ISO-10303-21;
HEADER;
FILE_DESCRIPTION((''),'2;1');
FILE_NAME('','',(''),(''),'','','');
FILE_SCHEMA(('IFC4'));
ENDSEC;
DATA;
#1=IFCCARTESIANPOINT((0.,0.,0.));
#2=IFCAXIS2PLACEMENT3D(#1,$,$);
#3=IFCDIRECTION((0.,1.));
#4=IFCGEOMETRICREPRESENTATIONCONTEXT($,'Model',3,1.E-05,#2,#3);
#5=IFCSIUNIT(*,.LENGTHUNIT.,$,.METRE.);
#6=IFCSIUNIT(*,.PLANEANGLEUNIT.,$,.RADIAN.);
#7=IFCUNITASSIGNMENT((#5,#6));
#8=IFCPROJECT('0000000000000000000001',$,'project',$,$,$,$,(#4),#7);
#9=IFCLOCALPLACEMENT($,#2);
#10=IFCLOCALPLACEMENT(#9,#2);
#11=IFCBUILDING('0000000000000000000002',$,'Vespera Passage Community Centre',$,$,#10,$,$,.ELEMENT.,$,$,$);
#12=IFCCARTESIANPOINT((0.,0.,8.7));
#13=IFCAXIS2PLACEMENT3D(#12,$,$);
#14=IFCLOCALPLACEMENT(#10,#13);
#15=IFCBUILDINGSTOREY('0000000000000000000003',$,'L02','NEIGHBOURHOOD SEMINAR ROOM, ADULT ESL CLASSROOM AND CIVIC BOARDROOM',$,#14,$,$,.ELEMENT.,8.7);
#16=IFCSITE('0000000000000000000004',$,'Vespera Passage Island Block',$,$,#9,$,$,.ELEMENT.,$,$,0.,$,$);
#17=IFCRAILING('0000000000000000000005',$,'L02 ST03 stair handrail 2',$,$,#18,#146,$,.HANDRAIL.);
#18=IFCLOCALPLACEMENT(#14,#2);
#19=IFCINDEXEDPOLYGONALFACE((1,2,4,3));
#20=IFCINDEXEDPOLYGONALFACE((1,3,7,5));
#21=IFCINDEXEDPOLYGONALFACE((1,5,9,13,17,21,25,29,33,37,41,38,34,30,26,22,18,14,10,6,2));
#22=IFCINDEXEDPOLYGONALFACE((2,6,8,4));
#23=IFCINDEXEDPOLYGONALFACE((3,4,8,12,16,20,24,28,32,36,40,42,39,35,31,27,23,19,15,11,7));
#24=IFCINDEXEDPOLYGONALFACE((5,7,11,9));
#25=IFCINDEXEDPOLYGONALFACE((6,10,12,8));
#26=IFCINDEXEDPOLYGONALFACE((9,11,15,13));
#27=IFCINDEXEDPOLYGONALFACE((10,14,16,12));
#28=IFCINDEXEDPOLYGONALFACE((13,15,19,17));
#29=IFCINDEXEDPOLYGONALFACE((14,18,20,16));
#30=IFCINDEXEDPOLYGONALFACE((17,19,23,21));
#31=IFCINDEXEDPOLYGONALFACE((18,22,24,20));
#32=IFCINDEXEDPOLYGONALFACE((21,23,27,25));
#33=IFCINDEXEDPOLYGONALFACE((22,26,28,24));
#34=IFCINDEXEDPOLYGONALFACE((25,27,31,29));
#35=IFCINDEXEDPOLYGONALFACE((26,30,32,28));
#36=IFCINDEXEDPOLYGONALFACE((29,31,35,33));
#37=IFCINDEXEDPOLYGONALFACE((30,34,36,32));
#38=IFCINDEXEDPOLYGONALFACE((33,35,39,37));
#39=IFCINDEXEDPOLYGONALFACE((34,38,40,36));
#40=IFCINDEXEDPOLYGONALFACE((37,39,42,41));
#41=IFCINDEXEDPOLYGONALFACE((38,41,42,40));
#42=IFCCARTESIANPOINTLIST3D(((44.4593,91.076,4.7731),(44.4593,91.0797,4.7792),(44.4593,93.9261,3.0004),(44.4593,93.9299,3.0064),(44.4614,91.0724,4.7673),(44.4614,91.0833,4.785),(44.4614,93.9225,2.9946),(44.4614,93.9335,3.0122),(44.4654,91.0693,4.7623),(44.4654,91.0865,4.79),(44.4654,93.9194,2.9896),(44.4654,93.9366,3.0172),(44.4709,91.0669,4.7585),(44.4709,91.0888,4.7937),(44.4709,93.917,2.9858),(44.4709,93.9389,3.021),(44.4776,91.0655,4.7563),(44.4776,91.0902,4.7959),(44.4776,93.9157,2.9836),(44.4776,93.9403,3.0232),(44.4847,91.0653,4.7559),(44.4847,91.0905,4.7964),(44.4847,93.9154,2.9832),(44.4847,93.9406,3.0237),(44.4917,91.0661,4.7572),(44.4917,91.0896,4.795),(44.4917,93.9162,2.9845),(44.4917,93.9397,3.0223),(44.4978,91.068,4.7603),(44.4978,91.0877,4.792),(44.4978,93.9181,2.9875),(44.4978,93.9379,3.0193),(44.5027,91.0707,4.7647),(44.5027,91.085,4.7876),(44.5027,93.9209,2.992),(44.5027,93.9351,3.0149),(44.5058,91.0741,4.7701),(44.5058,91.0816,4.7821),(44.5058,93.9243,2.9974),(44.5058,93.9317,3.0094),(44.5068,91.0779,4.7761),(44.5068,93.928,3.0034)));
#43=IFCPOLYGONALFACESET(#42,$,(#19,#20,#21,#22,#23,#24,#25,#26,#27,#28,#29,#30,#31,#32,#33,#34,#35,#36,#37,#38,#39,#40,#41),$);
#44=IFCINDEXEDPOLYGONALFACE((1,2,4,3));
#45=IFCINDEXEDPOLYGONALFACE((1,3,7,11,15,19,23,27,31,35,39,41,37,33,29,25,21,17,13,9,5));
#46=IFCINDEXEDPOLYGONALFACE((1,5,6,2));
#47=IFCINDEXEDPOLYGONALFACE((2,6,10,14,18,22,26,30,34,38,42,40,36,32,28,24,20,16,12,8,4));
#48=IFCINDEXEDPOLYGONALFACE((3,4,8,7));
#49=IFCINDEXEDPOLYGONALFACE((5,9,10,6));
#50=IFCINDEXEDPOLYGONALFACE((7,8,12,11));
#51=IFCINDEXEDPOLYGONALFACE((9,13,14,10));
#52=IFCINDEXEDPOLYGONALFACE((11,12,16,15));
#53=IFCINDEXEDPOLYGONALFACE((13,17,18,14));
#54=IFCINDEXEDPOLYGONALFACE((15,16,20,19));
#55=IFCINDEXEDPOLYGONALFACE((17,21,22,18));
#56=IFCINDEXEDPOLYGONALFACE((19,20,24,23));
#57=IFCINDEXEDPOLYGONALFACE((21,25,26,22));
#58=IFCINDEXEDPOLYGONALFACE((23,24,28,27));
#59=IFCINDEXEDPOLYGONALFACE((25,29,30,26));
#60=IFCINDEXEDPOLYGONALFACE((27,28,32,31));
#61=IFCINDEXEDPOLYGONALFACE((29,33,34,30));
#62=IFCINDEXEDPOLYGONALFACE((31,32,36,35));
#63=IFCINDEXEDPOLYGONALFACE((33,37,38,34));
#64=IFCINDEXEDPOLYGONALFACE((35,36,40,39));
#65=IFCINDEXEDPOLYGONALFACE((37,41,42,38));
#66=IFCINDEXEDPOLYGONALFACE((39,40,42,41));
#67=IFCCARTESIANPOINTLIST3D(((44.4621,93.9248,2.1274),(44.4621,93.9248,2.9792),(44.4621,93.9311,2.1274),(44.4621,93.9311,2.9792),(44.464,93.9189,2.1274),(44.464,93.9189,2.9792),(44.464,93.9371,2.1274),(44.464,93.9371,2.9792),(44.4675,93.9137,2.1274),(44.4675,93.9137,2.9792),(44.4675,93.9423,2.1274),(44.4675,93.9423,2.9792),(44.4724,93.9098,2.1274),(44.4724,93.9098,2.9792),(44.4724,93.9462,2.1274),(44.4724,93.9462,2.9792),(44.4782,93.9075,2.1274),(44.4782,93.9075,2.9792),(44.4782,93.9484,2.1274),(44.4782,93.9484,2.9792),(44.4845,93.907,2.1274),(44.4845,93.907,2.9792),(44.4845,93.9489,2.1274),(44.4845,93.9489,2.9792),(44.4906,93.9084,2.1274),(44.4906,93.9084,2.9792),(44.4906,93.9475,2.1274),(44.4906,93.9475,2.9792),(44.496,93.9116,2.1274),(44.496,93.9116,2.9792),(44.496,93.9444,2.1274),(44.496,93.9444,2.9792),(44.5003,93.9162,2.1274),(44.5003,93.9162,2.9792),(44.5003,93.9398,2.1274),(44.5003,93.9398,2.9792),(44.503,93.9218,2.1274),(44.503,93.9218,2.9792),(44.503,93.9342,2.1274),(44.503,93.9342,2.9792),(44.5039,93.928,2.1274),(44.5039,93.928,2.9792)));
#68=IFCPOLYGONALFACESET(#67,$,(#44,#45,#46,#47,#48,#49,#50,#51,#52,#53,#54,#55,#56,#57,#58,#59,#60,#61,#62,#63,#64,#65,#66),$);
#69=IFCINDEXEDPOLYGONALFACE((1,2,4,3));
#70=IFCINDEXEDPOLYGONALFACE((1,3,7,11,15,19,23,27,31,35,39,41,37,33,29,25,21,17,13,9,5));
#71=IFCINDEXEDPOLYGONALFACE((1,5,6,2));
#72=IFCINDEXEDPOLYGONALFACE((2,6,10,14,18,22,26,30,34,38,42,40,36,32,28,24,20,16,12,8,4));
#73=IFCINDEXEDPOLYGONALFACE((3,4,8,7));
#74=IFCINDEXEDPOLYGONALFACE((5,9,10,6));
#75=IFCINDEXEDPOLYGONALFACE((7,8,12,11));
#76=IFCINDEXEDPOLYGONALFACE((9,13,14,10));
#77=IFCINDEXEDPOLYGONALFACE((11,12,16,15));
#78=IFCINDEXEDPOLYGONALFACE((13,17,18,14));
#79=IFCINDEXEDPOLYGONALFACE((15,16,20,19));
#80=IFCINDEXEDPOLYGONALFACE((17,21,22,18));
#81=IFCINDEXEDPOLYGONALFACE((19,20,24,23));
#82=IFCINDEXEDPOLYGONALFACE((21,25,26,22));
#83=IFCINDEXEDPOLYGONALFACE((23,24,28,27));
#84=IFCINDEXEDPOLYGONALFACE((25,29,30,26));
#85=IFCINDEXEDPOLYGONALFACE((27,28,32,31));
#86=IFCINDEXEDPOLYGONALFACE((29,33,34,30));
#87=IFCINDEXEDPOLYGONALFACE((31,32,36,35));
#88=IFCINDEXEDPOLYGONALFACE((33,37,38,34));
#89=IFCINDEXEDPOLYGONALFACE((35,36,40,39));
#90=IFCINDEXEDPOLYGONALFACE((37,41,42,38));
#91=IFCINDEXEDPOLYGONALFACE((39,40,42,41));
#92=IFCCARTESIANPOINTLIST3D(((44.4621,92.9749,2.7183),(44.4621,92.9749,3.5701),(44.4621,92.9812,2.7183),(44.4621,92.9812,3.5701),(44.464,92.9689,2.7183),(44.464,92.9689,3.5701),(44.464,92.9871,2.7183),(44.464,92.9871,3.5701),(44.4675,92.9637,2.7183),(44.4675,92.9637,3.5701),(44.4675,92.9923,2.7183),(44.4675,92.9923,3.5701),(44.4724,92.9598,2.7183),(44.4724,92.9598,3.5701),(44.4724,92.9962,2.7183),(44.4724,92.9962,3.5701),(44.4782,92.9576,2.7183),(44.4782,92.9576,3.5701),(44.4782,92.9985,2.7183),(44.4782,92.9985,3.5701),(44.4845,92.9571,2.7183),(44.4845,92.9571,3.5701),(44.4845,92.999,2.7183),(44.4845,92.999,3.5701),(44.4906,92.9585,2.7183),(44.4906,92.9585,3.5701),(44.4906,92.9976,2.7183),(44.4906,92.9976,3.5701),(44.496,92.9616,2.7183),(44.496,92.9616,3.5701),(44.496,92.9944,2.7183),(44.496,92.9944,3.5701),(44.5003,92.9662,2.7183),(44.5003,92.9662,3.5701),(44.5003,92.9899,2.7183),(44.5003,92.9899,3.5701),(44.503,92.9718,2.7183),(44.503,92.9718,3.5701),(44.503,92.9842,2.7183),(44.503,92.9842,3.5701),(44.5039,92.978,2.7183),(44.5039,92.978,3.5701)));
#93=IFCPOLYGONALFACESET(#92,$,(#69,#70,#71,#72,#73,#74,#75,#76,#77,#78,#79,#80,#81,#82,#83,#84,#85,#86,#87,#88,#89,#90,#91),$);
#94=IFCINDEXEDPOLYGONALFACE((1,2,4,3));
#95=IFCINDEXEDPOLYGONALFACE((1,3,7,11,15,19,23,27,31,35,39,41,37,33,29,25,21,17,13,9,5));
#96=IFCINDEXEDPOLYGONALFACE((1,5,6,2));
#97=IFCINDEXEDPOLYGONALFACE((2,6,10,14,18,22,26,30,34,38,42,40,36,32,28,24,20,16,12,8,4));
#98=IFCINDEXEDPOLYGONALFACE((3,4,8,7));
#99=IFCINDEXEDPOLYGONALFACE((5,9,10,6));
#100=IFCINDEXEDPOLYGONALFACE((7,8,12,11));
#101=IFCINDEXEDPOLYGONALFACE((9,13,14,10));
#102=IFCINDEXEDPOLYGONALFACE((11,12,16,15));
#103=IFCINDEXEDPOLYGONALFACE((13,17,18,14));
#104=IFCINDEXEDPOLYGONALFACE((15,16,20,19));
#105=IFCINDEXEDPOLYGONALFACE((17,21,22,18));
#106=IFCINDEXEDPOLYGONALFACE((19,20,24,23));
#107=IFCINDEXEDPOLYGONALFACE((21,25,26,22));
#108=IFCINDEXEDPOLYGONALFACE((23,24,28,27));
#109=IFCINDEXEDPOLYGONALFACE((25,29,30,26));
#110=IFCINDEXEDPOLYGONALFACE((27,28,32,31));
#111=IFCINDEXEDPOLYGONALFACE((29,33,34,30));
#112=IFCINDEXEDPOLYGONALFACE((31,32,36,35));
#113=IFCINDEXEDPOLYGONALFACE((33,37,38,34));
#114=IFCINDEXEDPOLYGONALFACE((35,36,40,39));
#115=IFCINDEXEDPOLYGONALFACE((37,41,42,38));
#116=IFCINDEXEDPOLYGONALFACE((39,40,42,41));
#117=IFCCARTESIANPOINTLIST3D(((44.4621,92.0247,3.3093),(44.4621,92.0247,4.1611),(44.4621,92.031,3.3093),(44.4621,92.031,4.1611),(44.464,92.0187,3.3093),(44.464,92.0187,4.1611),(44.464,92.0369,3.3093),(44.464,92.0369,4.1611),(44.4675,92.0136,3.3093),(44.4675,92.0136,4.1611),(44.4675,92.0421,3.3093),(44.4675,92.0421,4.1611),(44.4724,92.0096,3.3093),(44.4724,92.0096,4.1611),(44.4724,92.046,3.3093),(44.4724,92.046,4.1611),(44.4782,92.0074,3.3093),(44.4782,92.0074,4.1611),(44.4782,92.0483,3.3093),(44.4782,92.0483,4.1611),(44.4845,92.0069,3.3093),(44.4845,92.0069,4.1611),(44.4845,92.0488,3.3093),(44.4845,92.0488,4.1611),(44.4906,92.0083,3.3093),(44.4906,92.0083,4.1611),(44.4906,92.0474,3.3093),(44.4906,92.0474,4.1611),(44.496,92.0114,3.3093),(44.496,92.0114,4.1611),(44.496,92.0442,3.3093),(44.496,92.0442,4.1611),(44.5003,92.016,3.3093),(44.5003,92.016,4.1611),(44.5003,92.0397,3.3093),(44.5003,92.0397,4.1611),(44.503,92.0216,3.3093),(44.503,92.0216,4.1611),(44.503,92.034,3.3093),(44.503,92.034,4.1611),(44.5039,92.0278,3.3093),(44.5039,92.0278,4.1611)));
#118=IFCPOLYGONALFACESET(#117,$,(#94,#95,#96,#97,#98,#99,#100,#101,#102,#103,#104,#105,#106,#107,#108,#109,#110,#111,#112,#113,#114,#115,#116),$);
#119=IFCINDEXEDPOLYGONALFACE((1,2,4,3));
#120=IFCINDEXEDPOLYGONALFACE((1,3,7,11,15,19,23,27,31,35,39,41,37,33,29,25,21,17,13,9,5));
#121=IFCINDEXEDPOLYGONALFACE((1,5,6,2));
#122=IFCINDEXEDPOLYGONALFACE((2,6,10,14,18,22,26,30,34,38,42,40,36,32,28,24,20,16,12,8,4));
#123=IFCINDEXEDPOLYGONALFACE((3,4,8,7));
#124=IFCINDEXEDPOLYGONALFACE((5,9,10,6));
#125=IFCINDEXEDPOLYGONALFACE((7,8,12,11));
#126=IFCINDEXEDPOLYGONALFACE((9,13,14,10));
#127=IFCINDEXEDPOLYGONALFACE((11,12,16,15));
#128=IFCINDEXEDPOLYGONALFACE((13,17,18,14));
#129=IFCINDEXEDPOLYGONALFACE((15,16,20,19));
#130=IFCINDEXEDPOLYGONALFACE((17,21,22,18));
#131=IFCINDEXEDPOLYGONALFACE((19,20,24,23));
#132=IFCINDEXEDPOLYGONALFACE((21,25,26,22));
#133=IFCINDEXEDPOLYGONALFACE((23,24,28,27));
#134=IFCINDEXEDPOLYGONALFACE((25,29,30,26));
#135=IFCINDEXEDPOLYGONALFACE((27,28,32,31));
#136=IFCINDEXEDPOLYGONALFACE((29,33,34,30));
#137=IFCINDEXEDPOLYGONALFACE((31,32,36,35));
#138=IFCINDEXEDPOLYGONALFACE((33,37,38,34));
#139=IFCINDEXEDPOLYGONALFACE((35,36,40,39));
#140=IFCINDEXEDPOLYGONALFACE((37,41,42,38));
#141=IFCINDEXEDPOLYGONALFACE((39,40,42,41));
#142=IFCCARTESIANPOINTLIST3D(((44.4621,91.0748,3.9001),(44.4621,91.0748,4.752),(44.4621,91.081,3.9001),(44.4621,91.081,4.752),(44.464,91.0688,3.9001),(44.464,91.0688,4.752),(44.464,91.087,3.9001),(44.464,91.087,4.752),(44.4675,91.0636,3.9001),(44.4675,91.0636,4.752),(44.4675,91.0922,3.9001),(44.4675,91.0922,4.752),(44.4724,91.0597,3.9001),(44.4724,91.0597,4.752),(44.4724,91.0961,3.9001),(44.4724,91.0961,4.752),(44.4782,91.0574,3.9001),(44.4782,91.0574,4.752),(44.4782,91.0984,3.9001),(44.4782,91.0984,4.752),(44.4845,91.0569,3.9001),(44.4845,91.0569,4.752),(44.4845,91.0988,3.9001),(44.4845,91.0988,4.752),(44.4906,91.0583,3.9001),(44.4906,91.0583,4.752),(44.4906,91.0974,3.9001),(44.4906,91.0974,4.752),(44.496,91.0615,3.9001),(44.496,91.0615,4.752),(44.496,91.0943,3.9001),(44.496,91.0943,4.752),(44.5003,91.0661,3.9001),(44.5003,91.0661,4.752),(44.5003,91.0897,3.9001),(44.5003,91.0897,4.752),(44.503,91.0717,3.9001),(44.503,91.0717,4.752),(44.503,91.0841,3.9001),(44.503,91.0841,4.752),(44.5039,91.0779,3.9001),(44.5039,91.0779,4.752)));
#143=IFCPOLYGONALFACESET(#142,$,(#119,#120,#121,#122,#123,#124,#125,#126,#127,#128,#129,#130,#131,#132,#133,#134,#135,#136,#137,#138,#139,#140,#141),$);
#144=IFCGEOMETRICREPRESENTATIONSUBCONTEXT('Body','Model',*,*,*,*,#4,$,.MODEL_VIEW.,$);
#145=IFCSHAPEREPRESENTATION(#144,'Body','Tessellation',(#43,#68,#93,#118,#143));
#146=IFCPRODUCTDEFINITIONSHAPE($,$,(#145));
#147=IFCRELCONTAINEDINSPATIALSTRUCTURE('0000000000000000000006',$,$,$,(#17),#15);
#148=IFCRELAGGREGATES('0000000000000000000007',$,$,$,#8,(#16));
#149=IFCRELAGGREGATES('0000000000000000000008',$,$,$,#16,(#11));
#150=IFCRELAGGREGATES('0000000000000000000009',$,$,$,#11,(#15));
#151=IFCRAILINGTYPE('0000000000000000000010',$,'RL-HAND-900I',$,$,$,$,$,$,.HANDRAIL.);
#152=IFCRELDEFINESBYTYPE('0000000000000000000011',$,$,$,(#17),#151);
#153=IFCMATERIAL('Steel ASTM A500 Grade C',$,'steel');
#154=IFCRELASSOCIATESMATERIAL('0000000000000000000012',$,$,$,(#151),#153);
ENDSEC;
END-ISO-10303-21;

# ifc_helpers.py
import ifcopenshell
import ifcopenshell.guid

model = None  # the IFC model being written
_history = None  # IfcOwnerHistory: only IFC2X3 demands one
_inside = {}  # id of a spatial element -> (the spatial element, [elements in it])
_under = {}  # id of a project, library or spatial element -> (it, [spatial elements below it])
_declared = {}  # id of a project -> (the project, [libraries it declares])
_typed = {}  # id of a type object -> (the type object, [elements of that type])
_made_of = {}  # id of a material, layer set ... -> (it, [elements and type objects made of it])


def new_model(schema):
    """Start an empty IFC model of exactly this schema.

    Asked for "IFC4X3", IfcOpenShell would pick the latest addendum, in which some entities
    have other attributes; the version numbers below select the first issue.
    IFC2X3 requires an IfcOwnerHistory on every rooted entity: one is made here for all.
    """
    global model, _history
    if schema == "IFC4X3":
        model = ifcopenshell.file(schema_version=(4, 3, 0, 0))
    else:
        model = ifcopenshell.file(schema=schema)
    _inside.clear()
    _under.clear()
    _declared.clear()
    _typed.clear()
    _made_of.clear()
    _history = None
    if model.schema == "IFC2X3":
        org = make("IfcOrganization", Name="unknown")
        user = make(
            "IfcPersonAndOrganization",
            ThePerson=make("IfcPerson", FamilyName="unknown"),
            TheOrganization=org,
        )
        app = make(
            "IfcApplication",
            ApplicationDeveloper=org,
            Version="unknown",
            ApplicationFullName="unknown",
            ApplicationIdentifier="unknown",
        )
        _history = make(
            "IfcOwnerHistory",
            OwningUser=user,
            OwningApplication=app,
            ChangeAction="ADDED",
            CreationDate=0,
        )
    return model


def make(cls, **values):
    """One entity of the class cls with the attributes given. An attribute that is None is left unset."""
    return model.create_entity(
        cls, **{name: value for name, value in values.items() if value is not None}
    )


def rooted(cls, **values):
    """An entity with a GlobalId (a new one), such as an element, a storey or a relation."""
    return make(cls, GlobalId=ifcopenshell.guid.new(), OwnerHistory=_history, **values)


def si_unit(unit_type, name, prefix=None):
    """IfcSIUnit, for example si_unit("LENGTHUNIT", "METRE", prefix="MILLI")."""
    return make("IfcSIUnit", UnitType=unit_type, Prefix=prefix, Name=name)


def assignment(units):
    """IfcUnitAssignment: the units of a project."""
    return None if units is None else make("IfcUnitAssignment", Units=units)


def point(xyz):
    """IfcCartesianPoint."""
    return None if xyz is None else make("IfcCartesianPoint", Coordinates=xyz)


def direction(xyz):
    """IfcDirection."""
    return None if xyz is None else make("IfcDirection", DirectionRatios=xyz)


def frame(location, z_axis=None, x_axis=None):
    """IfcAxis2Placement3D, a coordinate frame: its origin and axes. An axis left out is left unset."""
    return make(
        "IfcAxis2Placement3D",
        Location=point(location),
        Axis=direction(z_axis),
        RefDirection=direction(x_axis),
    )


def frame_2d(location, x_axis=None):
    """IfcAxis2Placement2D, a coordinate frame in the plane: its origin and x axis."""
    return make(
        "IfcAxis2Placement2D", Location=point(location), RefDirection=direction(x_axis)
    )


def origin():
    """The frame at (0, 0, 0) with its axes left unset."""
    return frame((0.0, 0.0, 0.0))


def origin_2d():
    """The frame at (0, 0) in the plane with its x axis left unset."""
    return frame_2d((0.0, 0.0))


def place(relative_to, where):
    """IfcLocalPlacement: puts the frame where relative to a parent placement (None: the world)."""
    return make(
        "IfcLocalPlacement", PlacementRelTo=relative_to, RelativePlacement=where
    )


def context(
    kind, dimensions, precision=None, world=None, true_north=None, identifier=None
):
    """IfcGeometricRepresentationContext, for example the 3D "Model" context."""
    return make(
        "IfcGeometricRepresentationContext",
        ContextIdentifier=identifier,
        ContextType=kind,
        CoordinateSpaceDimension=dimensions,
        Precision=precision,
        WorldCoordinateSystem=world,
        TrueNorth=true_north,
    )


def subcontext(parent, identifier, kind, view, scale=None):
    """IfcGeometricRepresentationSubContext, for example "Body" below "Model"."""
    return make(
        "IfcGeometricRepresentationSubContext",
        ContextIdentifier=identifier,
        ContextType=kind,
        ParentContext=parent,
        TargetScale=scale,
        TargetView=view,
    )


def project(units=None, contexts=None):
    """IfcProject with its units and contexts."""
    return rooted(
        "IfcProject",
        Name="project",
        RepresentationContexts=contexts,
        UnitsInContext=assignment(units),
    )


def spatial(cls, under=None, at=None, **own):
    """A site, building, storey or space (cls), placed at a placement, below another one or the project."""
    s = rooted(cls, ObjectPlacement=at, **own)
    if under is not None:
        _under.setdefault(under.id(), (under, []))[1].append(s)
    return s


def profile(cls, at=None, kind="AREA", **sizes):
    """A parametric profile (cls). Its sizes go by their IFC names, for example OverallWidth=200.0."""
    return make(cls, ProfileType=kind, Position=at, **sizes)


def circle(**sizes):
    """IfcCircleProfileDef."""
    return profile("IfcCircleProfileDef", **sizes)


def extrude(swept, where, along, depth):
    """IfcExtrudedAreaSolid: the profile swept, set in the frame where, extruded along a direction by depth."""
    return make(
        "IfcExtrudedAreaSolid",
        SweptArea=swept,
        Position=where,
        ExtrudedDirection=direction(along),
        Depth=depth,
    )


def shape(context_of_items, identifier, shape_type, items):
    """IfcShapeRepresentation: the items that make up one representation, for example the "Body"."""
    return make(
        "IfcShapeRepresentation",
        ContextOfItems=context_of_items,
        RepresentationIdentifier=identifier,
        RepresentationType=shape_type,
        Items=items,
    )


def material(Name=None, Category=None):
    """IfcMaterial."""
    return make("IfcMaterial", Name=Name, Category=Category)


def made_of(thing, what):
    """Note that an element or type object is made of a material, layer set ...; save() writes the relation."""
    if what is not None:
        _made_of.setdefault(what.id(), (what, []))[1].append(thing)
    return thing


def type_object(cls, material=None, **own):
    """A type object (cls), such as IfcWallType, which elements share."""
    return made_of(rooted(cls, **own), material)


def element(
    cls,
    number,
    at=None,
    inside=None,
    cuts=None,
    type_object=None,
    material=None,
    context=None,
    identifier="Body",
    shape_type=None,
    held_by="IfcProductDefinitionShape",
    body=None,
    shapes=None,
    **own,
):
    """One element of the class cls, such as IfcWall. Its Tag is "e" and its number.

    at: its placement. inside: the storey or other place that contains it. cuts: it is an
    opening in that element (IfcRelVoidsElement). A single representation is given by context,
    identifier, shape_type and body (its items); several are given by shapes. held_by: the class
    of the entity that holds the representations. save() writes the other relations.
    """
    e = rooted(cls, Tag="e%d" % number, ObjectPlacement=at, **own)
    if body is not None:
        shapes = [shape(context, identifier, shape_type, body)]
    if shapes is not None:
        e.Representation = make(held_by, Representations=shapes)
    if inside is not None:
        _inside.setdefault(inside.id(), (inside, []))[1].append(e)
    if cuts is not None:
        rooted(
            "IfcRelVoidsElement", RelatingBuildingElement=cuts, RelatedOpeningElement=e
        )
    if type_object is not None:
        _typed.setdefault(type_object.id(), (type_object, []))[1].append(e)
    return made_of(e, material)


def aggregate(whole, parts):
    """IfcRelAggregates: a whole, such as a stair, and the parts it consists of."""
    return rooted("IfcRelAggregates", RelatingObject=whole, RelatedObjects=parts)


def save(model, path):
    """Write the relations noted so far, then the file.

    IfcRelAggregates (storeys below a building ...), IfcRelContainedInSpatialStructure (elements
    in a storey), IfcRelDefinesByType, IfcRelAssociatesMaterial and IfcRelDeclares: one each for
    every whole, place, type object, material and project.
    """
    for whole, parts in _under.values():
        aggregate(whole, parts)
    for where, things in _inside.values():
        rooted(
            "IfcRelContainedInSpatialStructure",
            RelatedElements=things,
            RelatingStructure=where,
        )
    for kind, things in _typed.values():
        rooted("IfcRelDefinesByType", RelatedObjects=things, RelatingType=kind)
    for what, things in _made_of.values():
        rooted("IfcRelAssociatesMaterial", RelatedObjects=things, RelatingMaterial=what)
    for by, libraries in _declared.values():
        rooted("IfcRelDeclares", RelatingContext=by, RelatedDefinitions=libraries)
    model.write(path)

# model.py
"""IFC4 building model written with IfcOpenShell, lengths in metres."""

from ifc_helpers import new_model, si_unit, direction, frame, origin, origin_2d, place, context, subcontext, project, spatial, circle, extrude, material, type_object, element, save


model = new_model("IFC4")

# Units and contexts
model_context = context("Model", 3, precision=1e-05, world=origin(), true_north=direction((0.0, 1.0)))
body_context = subcontext(model_context, "Body", "Model", "MODEL_VIEW")
ifc_project = project(units=[si_unit("LENGTHUNIT", "METRE"), si_unit("PLANEANGLEUNIT", "RADIAN")], contexts=[model_context])

# Site, building, storey
site_placement = place(None, origin())
site = spatial("IfcSite", under=ifc_project, at=site_placement, Name="Vespera Passage Island Block", CompositionType="ELEMENT", RefElevation=0.0)
building_placement = place(site_placement, origin())
building = spatial("IfcBuilding", under=site, at=building_placement, Name="Vespera Passage Community Centre", CompositionType="ELEMENT")
storey_placement = place(building_placement, frame((0.0, 0.0, 8.7)))
storey = spatial("IfcBuildingStorey", under=building, at=storey_placement, Name="L02", Description="NEIGHBOURHOOD SEMINAR ROOM, ADULT ESL CLASSROOM AND CIVIC BOARDROOM", CompositionType="ELEMENT", Elevation=8.7)

# Railing
ifc_material_1 = material(Name="Steel ASTM A500 Grade C", Category="steel")
railing_type_1 = type_object("IfcRailingType", Name="RL-HAND-900I", PredefinedType="HANDRAIL", material=ifc_material_1)
railing_1_placement = place(storey_placement, frame((44.4829, 93.928, 2.1274)))
element("IfcRailing", 1, at=railing_1_placement, inside=storey, type_object=railing_type_1, Name="L02 ST03 stair handrail 2", PredefinedType="HANDRAIL", context=body_context, shape_type="SweptSolid", body=[
    extrude(circle(Radius=0.0239, at=origin_2d()), frame((0.0, 0.0, 0.876), z_axis=(0.0, -0.849149, 0.528154), x_axis=(1.0, 0.0, 0.0)), (0.0, 0.0, 1.0), 3.3564),
    extrude(circle(Radius=0.021, at=origin_2d()), origin(), (0.0, 0.0, 1.0), 0.8518),
    extrude(circle(Radius=0.021, at=origin_2d()), frame((0.0, -0.95, 0.5908)), (0.0, 0.0, 1.0), 0.8518),
    extrude(circle(Radius=0.021, at=origin_2d()), frame((0.0, -1.9001, 1.1819)), (0.0, 0.0, 1.0), 0.8518),
    extrude(circle(Radius=0.021, at=origin_2d()), frame((0.0, -2.8501, 1.7727)), (0.0, 0.0, 1.0), 0.8518),
])

save(model, "model.ifc")
